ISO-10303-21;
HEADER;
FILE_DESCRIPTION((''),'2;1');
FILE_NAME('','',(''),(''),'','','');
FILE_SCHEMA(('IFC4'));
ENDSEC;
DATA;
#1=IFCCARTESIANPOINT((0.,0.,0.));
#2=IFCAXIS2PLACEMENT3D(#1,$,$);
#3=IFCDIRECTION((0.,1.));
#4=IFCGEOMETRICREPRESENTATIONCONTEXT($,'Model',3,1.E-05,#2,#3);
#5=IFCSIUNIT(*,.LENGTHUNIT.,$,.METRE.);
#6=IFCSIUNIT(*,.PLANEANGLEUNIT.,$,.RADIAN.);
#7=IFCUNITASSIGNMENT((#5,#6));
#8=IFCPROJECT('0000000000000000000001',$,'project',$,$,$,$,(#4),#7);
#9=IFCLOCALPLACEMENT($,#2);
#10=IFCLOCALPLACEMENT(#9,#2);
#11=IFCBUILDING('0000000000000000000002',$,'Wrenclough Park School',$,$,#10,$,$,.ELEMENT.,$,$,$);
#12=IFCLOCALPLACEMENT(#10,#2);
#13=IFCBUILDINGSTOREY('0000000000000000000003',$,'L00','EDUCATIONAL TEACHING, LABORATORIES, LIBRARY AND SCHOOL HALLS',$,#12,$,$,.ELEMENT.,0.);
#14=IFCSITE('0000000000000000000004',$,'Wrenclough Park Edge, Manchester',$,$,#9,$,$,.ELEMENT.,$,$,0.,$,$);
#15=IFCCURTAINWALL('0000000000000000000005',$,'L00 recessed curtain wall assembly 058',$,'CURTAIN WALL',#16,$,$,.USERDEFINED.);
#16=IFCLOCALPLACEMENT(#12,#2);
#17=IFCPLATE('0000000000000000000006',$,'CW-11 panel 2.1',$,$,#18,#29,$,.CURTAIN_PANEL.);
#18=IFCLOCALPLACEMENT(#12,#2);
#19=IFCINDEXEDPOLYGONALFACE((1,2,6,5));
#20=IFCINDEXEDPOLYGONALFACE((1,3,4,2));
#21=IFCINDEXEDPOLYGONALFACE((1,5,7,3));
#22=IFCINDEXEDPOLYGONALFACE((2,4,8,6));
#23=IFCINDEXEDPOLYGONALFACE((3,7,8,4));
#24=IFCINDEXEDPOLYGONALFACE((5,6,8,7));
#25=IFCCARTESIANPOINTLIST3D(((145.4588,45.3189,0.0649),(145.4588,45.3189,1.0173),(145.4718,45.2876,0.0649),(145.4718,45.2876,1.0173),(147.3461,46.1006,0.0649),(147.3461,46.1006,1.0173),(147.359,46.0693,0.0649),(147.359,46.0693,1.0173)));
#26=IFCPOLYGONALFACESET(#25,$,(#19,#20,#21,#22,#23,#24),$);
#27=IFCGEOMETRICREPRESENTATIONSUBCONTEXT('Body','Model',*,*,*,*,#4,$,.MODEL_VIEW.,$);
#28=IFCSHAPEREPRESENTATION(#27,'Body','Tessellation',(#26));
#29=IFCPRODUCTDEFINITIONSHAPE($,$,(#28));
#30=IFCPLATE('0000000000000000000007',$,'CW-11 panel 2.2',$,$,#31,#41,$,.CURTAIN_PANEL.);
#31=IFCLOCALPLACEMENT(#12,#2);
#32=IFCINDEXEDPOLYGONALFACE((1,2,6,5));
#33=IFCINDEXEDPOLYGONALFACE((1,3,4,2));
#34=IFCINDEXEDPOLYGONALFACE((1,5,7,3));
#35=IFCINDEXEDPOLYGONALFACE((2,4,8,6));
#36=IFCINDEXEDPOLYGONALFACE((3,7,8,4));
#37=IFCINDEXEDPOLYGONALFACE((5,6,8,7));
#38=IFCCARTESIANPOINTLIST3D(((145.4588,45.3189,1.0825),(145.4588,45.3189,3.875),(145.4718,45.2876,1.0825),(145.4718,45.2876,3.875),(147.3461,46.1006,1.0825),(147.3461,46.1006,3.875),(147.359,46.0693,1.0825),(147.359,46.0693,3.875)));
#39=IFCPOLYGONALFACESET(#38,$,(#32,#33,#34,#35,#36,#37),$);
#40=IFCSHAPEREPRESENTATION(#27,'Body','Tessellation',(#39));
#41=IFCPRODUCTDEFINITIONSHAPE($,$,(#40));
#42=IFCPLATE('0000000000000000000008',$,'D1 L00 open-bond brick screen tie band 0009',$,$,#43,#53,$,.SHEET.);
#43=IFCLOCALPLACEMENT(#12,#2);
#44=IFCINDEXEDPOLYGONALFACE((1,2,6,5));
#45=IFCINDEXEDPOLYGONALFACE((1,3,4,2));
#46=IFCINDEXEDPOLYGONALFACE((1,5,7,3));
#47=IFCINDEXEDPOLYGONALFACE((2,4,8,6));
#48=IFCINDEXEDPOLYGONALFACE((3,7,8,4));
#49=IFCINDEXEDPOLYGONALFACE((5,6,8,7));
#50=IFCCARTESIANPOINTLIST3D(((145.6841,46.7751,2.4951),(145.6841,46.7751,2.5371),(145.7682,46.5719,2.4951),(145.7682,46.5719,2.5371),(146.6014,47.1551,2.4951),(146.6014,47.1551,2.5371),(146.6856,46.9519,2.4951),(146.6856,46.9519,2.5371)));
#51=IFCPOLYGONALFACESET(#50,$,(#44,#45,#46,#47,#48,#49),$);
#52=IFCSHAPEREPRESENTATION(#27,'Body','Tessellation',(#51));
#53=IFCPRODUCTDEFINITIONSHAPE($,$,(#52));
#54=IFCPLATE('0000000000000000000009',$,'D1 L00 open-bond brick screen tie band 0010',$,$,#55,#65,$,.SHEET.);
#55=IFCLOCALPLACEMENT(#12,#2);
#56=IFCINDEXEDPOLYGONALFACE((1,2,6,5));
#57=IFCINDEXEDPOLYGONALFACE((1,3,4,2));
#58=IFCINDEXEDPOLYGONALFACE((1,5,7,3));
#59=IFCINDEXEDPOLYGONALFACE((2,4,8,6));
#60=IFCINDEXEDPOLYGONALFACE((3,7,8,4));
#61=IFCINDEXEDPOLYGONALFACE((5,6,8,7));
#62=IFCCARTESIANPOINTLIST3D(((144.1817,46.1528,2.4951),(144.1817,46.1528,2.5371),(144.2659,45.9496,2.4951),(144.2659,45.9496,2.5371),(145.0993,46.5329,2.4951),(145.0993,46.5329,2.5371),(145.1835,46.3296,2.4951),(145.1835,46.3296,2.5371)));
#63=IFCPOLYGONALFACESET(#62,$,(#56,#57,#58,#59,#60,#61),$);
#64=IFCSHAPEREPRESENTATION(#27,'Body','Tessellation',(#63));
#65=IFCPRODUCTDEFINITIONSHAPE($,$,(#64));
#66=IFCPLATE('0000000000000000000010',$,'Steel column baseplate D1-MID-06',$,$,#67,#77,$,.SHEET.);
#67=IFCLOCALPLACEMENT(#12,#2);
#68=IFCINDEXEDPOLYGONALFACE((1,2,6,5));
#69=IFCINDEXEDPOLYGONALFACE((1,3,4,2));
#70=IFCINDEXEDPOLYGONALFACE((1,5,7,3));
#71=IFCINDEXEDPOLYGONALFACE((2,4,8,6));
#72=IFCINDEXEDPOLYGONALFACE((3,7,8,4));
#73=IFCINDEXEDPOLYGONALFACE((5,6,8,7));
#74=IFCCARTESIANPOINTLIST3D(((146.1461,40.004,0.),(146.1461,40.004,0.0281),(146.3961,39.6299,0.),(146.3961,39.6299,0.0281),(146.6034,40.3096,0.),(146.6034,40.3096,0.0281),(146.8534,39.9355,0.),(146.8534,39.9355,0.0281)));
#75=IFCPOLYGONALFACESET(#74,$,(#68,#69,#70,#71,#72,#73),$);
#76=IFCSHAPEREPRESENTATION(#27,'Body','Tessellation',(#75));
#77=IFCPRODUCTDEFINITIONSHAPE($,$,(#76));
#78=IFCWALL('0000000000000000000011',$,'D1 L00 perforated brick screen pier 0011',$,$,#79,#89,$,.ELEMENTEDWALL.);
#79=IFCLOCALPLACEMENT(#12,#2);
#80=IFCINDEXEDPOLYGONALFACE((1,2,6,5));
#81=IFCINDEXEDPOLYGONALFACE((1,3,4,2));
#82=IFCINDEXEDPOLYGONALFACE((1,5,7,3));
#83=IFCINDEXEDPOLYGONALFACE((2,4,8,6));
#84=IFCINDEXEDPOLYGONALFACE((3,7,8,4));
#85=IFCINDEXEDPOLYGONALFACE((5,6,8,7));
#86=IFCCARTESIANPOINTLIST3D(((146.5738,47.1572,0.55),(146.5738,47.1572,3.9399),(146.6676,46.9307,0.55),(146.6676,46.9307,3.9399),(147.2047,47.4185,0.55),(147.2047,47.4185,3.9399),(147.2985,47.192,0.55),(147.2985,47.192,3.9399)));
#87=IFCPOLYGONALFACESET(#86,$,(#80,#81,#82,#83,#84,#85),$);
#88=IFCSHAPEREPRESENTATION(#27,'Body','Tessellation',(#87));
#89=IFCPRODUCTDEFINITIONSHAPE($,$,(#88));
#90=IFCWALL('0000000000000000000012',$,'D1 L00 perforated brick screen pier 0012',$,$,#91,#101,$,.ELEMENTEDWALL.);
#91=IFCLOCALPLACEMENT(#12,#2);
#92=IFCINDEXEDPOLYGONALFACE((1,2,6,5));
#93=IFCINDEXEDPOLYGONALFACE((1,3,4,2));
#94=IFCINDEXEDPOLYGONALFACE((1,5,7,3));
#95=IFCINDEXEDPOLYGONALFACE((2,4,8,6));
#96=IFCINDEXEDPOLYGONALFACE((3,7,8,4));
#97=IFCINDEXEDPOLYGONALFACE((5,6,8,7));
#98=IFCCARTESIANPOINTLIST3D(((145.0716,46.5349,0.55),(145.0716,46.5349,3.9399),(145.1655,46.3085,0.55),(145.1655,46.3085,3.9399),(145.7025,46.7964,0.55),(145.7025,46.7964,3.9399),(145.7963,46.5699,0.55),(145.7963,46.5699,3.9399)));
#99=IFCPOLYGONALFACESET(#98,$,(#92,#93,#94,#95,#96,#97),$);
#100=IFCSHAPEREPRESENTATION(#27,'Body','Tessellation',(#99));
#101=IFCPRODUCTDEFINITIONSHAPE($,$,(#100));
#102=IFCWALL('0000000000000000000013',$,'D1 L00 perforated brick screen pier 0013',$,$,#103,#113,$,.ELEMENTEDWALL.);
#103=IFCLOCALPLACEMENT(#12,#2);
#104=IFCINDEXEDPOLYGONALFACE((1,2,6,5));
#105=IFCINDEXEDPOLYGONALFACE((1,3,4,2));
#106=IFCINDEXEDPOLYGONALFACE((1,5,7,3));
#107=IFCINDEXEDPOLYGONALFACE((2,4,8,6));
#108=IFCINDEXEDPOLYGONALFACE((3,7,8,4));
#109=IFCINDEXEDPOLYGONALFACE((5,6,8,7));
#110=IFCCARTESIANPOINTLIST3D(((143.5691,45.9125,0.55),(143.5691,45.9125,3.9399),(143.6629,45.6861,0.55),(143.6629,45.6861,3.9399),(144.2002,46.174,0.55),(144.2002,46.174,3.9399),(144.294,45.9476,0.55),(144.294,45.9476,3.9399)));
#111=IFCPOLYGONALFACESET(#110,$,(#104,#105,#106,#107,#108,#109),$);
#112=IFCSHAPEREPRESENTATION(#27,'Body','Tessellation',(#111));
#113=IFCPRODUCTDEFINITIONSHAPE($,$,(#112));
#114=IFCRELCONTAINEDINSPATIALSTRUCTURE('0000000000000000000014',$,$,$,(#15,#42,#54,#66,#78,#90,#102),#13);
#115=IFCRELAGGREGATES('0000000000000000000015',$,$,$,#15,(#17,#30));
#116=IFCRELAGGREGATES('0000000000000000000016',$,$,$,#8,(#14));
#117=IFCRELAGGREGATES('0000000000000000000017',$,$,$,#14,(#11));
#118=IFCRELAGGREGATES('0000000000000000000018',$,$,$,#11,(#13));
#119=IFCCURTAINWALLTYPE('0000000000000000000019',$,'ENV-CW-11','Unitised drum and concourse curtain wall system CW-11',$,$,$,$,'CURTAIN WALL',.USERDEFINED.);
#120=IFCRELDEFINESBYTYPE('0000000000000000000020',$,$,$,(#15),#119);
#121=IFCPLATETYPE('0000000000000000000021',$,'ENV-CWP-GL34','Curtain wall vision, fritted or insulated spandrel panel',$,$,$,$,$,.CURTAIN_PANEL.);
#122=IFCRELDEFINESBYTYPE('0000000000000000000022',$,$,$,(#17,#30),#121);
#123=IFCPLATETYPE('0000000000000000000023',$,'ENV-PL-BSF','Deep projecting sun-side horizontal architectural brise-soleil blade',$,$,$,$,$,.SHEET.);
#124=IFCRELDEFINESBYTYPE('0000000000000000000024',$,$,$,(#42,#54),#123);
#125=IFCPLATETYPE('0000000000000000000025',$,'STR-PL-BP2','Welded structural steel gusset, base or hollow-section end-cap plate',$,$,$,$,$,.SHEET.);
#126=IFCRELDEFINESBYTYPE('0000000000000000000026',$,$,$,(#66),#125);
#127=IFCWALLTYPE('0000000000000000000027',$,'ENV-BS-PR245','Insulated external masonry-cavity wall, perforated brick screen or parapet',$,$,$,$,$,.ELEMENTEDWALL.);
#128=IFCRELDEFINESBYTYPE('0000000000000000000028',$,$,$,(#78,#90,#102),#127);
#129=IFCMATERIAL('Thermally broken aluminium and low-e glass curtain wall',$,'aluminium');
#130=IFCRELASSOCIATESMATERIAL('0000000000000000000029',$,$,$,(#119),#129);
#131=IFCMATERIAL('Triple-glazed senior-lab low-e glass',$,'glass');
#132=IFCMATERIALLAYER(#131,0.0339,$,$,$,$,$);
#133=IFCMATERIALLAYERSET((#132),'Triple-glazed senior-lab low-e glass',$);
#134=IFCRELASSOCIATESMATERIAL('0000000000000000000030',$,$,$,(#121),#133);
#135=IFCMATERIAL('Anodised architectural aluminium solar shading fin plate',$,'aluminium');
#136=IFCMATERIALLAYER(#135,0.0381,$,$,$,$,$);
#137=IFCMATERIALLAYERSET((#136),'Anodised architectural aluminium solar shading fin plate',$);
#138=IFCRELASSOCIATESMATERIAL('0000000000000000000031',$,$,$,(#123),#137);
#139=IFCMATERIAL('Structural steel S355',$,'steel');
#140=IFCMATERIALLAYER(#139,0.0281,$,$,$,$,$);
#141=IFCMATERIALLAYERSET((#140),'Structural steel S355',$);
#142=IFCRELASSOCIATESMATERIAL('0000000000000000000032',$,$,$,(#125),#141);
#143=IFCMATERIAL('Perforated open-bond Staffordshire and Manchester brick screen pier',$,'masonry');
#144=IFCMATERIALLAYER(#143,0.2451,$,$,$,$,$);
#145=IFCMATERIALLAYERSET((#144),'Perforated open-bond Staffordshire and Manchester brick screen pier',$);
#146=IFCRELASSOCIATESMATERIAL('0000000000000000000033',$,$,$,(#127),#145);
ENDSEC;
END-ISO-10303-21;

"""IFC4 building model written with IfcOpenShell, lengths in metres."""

from ifc_helpers import new_model, si_unit, direction, frame, frame_2d, origin, origin_2d, place, context, subcontext, project, spatial, rectangle, extrude, material, layer, layer_set, type_object, element, aggregate, save


model = new_model("IFC4")

# Units and contexts
model_context = context("Model", 3, precision=1e-05, world=origin(), true_north=direction((0.0, 1.0)))
body_context = subcontext(model_context, "Body", "Model", "MODEL_VIEW")
ifc_project = project(units=[si_unit("LENGTHUNIT", "METRE"), si_unit("PLANEANGLEUNIT", "RADIAN")], contexts=[model_context])

# Site, building, storey
site_placement = place(None, origin())
site = spatial("IfcSite", under=ifc_project, at=site_placement, Name="Wrenclough Park Edge, Manchester", CompositionType="ELEMENT", RefElevation=0.0)
building_placement = place(site_placement, origin())
building = spatial("IfcBuilding", under=site, at=building_placement, Name="Wrenclough Park School", CompositionType="ELEMENT")
storey_placement = place(building_placement, origin())
storey = spatial("IfcBuildingStorey", under=building, at=storey_placement, Name="L00", Description="EDUCATIONAL TEACHING, LABORATORIES, LIBRARY AND SCHOOL HALLS", CompositionType="ELEMENT", Elevation=0.0)

# Shared definitions
ifc_material_1 = material(Name="Structural steel S355", Category="steel")

# Shared definitions
ifc_material_2 = material(Name="Thermally broken aluminium and low-e glass curtain wall", Category="aluminium")

# Curtain wall
curtain_wall_type_1 = type_object("IfcCurtainWallType", Name="ENV-CW-11", Description="Unitised drum and concourse curtain wall system CW-11", ElementType="CURTAIN WALL", PredefinedType="USERDEFINED", material=ifc_material_2)
curtain_wall_1_placement = place(storey_placement, origin())
curtain_wall_1 = element("IfcCurtainWall", 1, at=curtain_wall_1_placement, inside=storey, type_object=curtain_wall_type_1, Name="L00 recessed curtain wall assembly 058", ObjectType="CURTAIN WALL", PredefinedType="USERDEFINED")

# Plates
ifc_material_3 = material(Name="Triple-glazed senior-lab low-e glass", Category="glass")
ifc_layer_1 = layer(ifc_material_3, 0.0339)
ifc_layer_set_1 = layer_set([ifc_layer_1], Name="Triple-glazed senior-lab low-e glass")
plate_type_1 = type_object("IfcPlateType", Name="ENV-CWP-GL34", Description="Curtain wall vision, fritted or insulated spandrel panel", PredefinedType="CURTAIN_PANEL", material=ifc_layer_set_1)
plate_1_placement = place(storey_placement, frame((146.4089, 45.6941, 0.0649), z_axis=(0.0, 0.0, 1.0), x_axis=(0.923878, 0.382687, 0.0)))
plate_1 = element("IfcPlate", 2, at=plate_1_placement, type_object=plate_type_1, Name="CW-11 panel 2.1", PredefinedType="CURTAIN_PANEL", context=body_context, shape_type="SweptSolid", body=[
    extrude(rectangle(XDim=2.0427, YDim=0.0339, at=origin_2d()), origin(), (0.0, 0.0, 1.0), 0.9524),
])
plate_2_placement = place(storey_placement, frame((146.4089, 45.6941, 1.0825), z_axis=(0.0, 0.0, 1.0), x_axis=(0.923878, 0.382687, 0.0)))
plate_2 = element("IfcPlate", 3, at=plate_2_placement, type_object=plate_type_1, Name="CW-11 panel 2.2", PredefinedType="CURTAIN_PANEL", context=body_context, shape_type="SweptSolid", body=[
    extrude(rectangle(XDim=2.0427, YDim=0.0339, at=origin_2d()), origin(), (0.0, 0.0, 1.0), 2.7925),
])
aggregate(curtain_wall_1, [plate_1, plate_2])

# Plates
ifc_material_4 = material(Name="Anodised architectural aluminium solar shading fin plate", Category="aluminium")
ifc_layer_2 = layer(ifc_material_4, 0.0381)
ifc_layer_set_2 = layer_set([ifc_layer_2], Name="Anodised architectural aluminium solar shading fin plate")
plate_type_2 = type_object("IfcPlateType", Name="ENV-PL-BSF", Description="Deep projecting sun-side horizontal architectural brise-soleil blade", PredefinedType="SHEET", material=ifc_layer_set_2)
plate_3_placement = place(storey_placement, frame((146.1848, 46.8635, 2.4951), z_axis=(0.0, 0.0, 1.0), x_axis=(-0.923877, -0.38269, 0.0)))
element("IfcPlate", 4, at=plate_3_placement, inside=storey, type_object=plate_type_2, Name="D1 L00 open-bond brick screen tie band 0009", PredefinedType="SHEET", context=body_context, shape_type="SweptSolid", body=[
    extrude(rectangle(XDim=0.9929, YDim=0.22, at=origin_2d()), origin(), (0.0, 0.0, 1.0), 0.042),
])
plate_4_placement = place(storey_placement, frame((144.6826, 46.2412, 2.4951), z_axis=(0.0, 0.0, 1.0), x_axis=(-0.923877, -0.38269, 0.0)))
element("IfcPlate", 5, at=plate_4_placement, inside=storey, type_object=plate_type_2, Name="D1 L00 open-bond brick screen tie band 0010", PredefinedType="SHEET", context=body_context, shape_type="SweptSolid", body=[
    extrude(rectangle(XDim=0.9932, YDim=0.22, at=origin_2d()), origin(), (0.0, 0.0, 1.0), 0.042),
])
ifc_layer_3 = layer(ifc_material_1, 0.0281)
ifc_layer_set_3 = layer_set([ifc_layer_3], Name="Structural steel S355")
plate_type_3 = type_object("IfcPlateType", Name="STR-PL-BP2", Description="Welded structural steel gusset, base or hollow-section end-cap plate", PredefinedType="SHEET", material=ifc_layer_set_3)
plate_5_placement = place(storey_placement, frame((146.4998, 39.9697, 0.0), z_axis=(0.0, 0.0, 1.0), x_axis=(-0.83147, -0.55557, 0.0)))
element("IfcPlate", 6, at=plate_5_placement, inside=storey, type_object=plate_type_3, Name="Steel column baseplate D1-MID-06", PredefinedType="SHEET", context=body_context, shape_type="SweptSolid", body=[
    extrude(rectangle(XDim=0.55, YDim=0.45, at=origin_2d()), origin(), (0.0, 0.0, 1.0), 0.0281),
])

# Walls
ifc_material_5 = material(Name="Perforated open-bond Staffordshire and Manchester brick screen pier", Category="masonry")
ifc_layer_4 = layer(ifc_material_5, 0.2451)
ifc_layer_set_4 = layer_set([ifc_layer_4], Name="Perforated open-bond Staffordshire and Manchester brick screen pier")
wall_type = type_object("IfcWallType", Name="ENV-BS-PR245", Description="Insulated external masonry-cavity wall, perforated brick screen or parapet", PredefinedType="ELEMENTEDWALL", material=ifc_layer_set_4)
for number, where, z_axis, x_axis, name in (
    (7, (147.2515, 47.3052, 0.55), (0.0, 0.0, 1.0), (-0.923921, -0.382583, 0.0), "D1 L00 perforated brick screen pier 0011"),
    (8, (145.7493, 46.6831, 0.55), (0.0, 0.0, 1.0), (-0.923795, -0.382889, 0.0), "D1 L00 perforated brick screen pier 0012"),
):
    element("IfcWall", number, at=place(storey_placement, frame(where, z_axis=z_axis, x_axis=x_axis)), inside=storey, type_object=wall_type, Name=name, PredefinedType="ELEMENTEDWALL", context=body_context, shape_type="SweptSolid", body=[
        extrude(rectangle(XDim=0.6829, YDim=0.2451, at=frame_2d((0.3413, 0.0))), origin(), (0.0, 0.0, 1.0), 3.3899),
    ])
wall_placement = place(storey_placement, frame((144.2471, 46.0608, 0.55), z_axis=(0.0, 0.0, 1.0), x_axis=(-0.923847, -0.382762, 0.0)))
element("IfcWall", 9, at=wall_placement, inside=storey, type_object=wall_type, Name="D1 L00 perforated brick screen pier 0013", PredefinedType="ELEMENTEDWALL", context=body_context, shape_type="SweptSolid", body=[
    extrude(rectangle(XDim=0.6831, YDim=0.2451, at=frame_2d((0.3416, 0.0))), origin(), (0.0, 0.0, 1.0), 3.3899),
])

save(model, "model.ifc")
